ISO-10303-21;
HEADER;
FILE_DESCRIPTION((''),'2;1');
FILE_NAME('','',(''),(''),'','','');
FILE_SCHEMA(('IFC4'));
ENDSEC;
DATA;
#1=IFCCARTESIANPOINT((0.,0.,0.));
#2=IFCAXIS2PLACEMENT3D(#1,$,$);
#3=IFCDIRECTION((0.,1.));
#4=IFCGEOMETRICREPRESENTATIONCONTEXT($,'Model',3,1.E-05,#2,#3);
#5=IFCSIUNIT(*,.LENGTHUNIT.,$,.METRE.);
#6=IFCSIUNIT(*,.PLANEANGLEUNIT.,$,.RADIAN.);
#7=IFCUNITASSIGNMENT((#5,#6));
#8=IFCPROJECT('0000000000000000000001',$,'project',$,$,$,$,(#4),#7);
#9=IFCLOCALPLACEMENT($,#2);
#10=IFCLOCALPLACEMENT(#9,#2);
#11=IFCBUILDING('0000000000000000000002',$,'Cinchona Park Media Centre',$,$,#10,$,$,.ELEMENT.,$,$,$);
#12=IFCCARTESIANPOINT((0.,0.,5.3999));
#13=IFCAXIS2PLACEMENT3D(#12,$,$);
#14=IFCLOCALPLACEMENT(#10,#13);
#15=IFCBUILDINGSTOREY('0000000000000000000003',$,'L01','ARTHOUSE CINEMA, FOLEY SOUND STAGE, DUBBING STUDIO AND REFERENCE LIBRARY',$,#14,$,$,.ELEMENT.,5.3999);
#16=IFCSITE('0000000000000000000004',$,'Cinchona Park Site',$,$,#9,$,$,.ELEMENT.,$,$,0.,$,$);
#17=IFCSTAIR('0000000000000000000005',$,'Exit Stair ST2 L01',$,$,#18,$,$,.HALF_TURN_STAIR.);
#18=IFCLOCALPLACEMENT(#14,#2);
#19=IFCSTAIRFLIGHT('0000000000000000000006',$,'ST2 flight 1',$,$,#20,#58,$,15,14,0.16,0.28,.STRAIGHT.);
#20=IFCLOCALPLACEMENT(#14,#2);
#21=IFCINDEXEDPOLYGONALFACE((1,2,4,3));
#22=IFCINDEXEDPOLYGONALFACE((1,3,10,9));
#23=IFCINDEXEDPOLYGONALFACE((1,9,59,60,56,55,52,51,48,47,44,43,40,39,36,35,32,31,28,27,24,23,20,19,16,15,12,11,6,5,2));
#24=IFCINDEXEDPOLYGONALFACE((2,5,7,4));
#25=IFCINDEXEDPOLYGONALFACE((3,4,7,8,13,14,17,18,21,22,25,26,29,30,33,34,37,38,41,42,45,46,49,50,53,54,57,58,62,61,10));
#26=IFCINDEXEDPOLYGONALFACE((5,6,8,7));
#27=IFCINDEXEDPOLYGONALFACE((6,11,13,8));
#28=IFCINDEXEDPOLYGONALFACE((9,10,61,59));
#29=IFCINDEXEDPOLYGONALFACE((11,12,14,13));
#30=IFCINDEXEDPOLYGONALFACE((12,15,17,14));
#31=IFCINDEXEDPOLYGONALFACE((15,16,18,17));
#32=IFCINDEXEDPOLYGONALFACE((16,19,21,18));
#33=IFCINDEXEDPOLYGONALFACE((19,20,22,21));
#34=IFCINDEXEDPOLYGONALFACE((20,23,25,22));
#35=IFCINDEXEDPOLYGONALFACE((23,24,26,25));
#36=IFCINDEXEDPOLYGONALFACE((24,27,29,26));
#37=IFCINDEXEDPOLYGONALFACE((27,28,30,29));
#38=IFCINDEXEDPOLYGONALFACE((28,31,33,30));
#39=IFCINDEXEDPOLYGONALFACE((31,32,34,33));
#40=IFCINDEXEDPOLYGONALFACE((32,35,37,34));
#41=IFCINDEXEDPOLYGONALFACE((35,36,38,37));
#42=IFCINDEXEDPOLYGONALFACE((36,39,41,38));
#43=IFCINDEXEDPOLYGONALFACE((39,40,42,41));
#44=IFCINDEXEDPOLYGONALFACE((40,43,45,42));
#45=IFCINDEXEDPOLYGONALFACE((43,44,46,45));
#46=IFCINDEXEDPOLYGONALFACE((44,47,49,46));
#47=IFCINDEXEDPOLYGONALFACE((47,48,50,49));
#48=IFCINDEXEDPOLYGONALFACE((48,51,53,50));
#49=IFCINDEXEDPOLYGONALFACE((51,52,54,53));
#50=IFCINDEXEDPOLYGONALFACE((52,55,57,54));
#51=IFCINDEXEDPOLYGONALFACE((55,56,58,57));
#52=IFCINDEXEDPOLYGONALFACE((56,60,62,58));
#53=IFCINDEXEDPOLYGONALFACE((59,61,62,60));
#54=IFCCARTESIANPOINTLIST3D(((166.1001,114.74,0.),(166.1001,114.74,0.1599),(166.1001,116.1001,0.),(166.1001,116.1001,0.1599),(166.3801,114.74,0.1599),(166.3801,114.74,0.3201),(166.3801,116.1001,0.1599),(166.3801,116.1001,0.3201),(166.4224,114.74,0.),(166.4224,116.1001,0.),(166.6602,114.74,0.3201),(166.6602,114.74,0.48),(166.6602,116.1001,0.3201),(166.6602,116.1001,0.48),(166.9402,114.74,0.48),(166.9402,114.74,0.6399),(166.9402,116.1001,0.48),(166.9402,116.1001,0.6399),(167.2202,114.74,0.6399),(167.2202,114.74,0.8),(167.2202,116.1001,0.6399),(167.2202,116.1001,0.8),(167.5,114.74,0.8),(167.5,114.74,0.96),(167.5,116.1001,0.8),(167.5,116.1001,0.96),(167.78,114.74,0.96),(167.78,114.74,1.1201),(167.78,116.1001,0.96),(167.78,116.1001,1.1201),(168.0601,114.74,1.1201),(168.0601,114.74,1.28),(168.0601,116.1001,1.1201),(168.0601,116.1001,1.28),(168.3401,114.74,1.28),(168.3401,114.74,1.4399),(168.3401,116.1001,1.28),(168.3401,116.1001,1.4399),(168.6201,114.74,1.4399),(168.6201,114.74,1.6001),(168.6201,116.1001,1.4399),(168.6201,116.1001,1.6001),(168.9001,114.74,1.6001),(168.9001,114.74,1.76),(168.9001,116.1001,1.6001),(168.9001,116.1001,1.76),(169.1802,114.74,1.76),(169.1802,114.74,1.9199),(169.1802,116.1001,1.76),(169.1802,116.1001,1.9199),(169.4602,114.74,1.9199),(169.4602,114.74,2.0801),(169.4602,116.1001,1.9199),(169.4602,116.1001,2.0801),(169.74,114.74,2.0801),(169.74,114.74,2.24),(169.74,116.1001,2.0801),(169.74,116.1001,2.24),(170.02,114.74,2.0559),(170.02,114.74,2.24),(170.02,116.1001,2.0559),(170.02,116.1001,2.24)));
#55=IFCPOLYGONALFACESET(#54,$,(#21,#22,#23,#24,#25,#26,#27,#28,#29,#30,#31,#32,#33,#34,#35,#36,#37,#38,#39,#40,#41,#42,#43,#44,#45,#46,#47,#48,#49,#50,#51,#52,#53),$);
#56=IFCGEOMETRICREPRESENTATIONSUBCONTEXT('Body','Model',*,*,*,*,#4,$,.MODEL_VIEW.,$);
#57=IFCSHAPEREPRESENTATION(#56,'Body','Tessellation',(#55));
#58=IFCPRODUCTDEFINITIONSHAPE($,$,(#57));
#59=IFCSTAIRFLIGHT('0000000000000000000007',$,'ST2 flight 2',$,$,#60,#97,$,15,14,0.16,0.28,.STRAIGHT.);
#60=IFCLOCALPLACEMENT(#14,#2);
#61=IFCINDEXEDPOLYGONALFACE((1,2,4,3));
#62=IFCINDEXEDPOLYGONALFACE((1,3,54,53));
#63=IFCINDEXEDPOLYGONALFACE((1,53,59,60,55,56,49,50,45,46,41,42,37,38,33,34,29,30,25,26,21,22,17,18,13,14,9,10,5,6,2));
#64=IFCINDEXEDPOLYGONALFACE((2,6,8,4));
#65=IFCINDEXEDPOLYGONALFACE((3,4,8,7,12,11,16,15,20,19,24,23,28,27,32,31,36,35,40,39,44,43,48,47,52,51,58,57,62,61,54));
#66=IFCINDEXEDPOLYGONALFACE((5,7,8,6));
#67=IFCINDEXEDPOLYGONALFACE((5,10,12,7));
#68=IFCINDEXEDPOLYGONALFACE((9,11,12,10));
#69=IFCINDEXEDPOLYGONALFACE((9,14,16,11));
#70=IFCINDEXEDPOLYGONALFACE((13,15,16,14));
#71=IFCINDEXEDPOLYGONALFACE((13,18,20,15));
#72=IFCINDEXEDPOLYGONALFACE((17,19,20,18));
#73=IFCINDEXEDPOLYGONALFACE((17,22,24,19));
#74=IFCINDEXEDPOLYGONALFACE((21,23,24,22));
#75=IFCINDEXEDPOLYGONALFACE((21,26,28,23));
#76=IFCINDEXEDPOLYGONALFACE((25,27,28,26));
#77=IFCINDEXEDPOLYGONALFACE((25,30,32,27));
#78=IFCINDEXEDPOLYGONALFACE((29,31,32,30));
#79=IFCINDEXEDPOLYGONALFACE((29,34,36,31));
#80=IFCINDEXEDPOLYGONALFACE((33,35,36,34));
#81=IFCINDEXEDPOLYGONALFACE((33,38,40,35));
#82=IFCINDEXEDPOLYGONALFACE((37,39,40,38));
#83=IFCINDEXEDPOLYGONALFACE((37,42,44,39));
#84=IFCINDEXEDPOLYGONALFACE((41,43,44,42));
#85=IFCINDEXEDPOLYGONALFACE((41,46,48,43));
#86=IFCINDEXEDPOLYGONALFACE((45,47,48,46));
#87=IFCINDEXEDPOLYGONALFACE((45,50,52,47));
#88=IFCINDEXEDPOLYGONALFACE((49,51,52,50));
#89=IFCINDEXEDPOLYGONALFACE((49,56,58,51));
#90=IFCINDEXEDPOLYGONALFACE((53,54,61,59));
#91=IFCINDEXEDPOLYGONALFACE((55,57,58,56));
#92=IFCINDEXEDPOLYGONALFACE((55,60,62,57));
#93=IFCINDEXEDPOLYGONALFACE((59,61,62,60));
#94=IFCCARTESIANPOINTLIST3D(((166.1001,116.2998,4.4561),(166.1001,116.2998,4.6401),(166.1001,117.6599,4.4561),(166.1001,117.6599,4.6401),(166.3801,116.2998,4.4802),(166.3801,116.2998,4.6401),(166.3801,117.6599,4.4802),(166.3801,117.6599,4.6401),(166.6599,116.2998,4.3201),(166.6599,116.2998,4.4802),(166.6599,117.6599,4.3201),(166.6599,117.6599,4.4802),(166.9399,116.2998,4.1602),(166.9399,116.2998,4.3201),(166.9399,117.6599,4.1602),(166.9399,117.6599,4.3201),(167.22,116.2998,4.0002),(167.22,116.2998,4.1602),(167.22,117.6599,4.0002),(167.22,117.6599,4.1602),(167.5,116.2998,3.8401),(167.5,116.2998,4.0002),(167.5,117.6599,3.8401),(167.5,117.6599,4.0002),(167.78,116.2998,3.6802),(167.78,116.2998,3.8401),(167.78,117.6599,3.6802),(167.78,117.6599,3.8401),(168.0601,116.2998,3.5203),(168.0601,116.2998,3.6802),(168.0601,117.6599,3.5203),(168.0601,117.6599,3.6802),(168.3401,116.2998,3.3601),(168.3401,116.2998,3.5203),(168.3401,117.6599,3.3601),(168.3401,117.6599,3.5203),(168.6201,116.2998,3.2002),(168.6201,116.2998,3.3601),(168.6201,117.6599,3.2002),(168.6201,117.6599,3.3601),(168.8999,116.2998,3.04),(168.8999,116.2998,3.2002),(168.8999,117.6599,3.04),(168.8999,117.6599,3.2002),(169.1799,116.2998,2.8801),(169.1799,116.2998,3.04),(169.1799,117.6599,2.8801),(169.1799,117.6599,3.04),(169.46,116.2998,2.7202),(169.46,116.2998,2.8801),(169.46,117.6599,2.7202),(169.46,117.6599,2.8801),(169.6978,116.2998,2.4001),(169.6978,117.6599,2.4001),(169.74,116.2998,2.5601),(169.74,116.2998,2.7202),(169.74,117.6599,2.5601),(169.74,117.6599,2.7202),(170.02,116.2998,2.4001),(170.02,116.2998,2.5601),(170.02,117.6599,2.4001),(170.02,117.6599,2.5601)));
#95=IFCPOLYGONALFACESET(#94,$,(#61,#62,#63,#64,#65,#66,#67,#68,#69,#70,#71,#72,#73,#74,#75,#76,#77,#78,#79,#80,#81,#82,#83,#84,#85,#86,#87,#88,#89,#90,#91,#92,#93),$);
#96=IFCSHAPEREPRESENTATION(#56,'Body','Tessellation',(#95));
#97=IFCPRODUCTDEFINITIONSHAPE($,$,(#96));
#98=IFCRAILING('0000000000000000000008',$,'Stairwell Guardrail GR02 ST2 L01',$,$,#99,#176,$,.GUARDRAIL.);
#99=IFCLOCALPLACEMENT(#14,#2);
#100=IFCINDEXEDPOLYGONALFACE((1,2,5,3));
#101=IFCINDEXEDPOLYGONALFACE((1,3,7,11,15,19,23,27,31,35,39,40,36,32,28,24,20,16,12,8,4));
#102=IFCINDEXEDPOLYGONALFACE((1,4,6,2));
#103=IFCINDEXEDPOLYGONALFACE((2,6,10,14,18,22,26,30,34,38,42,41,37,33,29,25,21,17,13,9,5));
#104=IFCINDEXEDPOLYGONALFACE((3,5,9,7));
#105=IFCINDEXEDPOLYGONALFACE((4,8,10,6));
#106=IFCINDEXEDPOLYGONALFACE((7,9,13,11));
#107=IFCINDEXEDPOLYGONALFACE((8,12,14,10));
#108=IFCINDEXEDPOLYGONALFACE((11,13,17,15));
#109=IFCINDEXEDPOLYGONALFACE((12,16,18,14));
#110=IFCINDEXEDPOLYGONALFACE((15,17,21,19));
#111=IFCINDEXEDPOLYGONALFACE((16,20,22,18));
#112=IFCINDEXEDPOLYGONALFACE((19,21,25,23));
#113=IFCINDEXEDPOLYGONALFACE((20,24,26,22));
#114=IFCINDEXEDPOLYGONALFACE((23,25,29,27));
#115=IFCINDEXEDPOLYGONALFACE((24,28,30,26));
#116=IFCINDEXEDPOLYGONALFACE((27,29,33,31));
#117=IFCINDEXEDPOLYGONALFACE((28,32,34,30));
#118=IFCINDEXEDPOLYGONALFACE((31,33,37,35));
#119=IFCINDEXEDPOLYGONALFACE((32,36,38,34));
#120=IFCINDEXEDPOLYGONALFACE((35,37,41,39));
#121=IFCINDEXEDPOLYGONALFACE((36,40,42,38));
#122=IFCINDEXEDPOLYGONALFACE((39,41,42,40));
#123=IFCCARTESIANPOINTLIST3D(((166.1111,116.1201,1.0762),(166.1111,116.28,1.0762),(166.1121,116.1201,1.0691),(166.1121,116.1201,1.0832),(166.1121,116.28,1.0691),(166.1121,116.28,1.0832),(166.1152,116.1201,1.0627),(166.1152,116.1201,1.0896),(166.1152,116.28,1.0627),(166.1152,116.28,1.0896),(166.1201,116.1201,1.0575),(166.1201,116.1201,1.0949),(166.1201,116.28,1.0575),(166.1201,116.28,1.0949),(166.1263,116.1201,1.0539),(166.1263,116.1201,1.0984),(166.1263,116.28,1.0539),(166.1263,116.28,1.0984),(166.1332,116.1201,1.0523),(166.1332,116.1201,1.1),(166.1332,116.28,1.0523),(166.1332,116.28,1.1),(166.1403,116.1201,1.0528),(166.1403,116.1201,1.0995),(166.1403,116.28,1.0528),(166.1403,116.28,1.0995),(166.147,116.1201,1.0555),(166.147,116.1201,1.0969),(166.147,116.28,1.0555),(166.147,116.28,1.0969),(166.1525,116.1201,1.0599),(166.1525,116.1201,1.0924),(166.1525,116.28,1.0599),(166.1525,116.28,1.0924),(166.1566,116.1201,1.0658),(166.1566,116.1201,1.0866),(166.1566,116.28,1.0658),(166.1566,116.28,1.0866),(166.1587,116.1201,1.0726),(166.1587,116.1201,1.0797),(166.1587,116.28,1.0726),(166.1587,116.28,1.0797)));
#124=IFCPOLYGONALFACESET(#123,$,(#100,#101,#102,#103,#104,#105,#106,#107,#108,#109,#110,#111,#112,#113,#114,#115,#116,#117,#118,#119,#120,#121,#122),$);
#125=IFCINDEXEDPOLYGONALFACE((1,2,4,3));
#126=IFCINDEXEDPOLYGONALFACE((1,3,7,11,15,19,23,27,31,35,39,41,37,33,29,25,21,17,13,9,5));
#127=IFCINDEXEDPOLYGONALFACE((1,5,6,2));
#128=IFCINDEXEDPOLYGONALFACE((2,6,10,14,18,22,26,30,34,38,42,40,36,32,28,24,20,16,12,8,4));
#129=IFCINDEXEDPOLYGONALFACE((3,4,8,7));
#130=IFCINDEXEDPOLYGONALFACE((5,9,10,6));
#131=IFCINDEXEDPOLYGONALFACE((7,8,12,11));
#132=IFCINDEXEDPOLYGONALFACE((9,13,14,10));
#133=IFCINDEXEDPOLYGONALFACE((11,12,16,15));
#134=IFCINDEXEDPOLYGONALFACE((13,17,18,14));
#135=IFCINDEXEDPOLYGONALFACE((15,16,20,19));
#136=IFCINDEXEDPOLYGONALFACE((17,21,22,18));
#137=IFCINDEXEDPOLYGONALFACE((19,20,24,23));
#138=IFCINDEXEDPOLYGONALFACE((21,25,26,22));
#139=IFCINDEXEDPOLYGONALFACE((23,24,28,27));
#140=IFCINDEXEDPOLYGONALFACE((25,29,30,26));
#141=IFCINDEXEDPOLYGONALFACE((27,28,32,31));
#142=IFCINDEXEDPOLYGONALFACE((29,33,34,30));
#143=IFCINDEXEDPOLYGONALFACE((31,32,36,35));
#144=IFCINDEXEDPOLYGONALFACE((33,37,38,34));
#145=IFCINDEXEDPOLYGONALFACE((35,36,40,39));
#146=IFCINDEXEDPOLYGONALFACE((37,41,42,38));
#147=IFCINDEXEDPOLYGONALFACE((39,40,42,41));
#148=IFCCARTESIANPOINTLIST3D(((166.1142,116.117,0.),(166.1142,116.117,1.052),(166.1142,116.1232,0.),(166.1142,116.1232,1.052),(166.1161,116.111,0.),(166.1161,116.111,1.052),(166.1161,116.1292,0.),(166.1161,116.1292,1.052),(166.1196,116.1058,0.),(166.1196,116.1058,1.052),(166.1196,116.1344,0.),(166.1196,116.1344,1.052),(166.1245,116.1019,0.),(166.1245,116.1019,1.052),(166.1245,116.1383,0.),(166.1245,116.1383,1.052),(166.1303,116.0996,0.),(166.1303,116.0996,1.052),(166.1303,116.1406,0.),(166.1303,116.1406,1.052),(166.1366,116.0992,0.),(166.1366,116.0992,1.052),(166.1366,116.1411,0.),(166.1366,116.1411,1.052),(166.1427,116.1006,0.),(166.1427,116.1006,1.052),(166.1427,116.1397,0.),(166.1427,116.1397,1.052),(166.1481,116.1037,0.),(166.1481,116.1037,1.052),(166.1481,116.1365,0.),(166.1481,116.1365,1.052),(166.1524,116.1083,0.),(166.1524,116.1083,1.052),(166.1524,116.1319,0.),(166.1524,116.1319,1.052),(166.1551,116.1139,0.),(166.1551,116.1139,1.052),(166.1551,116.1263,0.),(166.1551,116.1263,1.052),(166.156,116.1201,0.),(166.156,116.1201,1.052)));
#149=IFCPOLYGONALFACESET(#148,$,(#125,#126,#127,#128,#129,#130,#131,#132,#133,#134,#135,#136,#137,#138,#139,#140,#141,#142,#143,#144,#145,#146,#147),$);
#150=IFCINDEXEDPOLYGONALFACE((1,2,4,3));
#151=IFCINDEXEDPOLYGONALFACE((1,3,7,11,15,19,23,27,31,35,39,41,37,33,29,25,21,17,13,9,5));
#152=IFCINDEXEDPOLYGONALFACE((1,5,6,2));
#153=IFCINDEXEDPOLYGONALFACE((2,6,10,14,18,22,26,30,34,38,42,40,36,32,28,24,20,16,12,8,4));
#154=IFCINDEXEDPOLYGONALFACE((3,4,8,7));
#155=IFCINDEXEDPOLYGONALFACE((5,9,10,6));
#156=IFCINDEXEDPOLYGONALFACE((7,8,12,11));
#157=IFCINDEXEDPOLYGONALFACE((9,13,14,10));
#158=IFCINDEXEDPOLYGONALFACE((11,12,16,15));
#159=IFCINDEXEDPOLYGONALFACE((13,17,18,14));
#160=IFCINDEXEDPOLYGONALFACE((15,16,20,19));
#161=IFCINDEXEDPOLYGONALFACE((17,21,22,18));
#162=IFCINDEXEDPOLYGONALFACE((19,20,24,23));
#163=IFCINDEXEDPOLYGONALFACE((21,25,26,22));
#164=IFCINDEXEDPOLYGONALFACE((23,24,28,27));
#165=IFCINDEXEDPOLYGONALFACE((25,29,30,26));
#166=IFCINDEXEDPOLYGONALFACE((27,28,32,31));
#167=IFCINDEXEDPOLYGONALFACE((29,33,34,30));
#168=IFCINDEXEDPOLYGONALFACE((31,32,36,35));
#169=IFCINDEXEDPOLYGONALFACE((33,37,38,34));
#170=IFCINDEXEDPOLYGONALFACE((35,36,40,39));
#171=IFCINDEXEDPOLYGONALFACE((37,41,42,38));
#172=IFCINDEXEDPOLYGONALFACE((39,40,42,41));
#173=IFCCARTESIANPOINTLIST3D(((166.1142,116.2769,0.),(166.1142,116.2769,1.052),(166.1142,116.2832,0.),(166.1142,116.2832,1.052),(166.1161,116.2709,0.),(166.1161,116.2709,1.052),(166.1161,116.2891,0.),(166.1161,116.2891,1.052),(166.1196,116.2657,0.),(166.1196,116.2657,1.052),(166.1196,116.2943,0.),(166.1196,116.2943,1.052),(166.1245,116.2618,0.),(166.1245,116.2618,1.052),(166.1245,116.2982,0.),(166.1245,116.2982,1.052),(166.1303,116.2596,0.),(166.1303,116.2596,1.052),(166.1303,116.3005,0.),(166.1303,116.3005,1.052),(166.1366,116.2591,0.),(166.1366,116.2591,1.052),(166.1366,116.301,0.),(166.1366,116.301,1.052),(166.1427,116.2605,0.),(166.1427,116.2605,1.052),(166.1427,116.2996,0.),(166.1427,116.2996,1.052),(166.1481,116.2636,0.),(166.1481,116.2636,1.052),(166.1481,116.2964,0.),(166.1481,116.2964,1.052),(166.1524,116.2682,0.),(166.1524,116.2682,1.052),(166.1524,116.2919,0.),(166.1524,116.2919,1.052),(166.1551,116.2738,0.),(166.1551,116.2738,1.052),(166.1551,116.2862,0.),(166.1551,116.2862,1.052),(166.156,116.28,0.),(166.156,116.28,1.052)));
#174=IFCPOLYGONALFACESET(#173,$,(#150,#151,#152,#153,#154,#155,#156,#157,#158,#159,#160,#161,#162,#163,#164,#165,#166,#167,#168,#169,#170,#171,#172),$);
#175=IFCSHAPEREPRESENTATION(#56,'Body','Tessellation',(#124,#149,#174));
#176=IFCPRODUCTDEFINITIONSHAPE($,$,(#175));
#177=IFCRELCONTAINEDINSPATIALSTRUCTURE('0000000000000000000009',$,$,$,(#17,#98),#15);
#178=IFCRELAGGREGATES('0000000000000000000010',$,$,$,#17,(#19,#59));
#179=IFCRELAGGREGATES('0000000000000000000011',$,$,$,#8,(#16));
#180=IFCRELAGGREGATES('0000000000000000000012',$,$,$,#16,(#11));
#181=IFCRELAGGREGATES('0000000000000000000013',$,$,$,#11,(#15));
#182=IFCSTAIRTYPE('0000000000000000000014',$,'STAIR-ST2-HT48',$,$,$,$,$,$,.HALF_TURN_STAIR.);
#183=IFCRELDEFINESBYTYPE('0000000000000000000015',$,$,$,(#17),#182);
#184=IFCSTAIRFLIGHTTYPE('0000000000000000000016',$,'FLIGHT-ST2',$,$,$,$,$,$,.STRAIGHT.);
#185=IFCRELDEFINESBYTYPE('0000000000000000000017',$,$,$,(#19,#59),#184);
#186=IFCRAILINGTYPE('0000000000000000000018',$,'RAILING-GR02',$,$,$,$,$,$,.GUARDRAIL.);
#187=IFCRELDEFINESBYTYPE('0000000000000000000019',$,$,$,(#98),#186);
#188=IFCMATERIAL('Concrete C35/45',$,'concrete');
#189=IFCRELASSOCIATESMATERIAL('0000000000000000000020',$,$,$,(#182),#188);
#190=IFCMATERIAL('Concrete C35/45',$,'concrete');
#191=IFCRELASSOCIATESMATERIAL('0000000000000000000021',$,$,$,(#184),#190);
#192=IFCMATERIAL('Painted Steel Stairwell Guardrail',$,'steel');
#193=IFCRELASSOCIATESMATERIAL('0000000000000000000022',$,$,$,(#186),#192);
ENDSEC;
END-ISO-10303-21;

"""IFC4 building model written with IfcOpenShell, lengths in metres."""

from ifc_helpers import new_model, si_unit, direction, frame, origin, origin_2d, place, context, subcontext, project, spatial, polyline, circle, outline, extrude, material, type_object, element, aggregate, save


model = new_model("IFC4")

# Units and contexts
model_context = context("Model", 3, precision=1e-05, world=origin(), true_north=direction((0.0, 1.0)))
body_context = subcontext(model_context, "Body", "Model", "MODEL_VIEW")
ifc_project = project(units=[si_unit("LENGTHUNIT", "METRE"), si_unit("PLANEANGLEUNIT", "RADIAN")], contexts=[model_context])

# Site, building, storey
site_placement = place(None, origin())
site = spatial("IfcSite", under=ifc_project, at=site_placement, Name="Cinchona Park Site", CompositionType="ELEMENT", RefElevation=0.0)
building_placement = place(site_placement, origin())
building = spatial("IfcBuilding", under=site, at=building_placement, Name="Cinchona Park Media Centre", CompositionType="ELEMENT")
storey_placement = place(building_placement, frame((0.0, 0.0, 5.3999)))
storey = spatial("IfcBuildingStorey", under=building, at=storey_placement, Name="L01", Description="ARTHOUSE CINEMA, FOLEY SOUND STAGE, DUBBING STUDIO AND REFERENCE LIBRARY", CompositionType="ELEMENT", Elevation=5.3999)

# Stair, stair flights
ifc_material_1 = material(Name="Concrete C35/45", Category="concrete")
stair_type = type_object("IfcStairType", Name="STAIR-ST2-HT48", PredefinedType="HALF_TURN_STAIR", material=ifc_material_1)
stair_placement = place(storey_placement, origin())
stair = element("IfcStair", 1, at=stair_placement, inside=storey, type_object=stair_type, Name="Exit Stair ST2 L01", PredefinedType="HALF_TURN_STAIR")
ifc_material_2 = material(Name="Concrete C35/45", Category="concrete")
stair_flight_type = type_object("IfcStairFlightType", Name="FLIGHT-ST2", PredefinedType="STRAIGHT", material=ifc_material_2)
stair_flight_1_placement = place(storey_placement, frame((166.1001, 115.4199, 0.0), z_axis=(0.0, 0.0, 1.0), x_axis=(1.0, 0.0, 0.0)))
stair_flight_1 = element("IfcStairFlight", 2, at=stair_flight_1_placement, type_object=stair_flight_type, Name="ST2 flight 1", NumberOfRisers=15, NumberOfTreads=14, PredefinedType="STRAIGHT", RiserHeight=0.16, TreadLength=0.28, context=body_context, shape_type="SweptSolid", body=[
    extrude(outline(polyline([(0.0, 0.0), (0.0, 0.1599), (0.28, 0.1599), (0.28, 0.3201), (0.5601, 0.3201), (0.5601, 0.48), (0.8401, 0.48), (0.8401, 0.6399), (1.1201, 0.6399), (1.1201, 0.8), (1.3999, 0.8), (1.3999, 0.96), (1.6799, 0.96), (1.6799, 1.1201), (1.96, 1.1201), (1.96, 1.28), (2.24, 1.28), (2.24, 1.4399), (2.52, 1.4399), (2.52, 1.6001), (2.8, 1.6001), (2.8, 1.76), (3.0801, 1.76), (3.0801, 1.9199), (3.3601, 1.9199), (3.3601, 2.0801), (3.6399, 2.0801), (3.6399, 2.24), (3.9199, 2.24), (3.9199, 2.3999), (3.9199, 2.0559), (0.3223, 0.0), (0.0, 0.0)])), frame((0.0, 0.6802, 0.0), z_axis=(0.0, -1.0, 0.0), x_axis=(1.0, 0.0, 0.0)), (0.0, 0.0, 1.0), 1.3601),
])
stair_flight_2_placement = place(storey_placement, frame((170.02, 116.98, 2.4001), z_axis=(0.0, 0.0, 1.0), x_axis=(-1.0, 0.0, 0.0)))
stair_flight_2 = element("IfcStairFlight", 3, at=stair_flight_2_placement, type_object=stair_flight_type, Name="ST2 flight 2", NumberOfRisers=15, NumberOfTreads=14, PredefinedType="STRAIGHT", RiserHeight=0.16, TreadLength=0.28, context=body_context, shape_type="SweptSolid", body=[
    extrude(outline(polyline([(0.0, 0.0), (0.0, 0.1599), (0.28, 0.1599), (0.28, 0.3201), (0.5601, 0.3201), (0.5601, 0.48), (0.8401, 0.48), (0.8401, 0.6399), (1.1201, 0.6399), (1.1201, 0.8), (1.3999, 0.8), (1.3999, 0.96), (1.6799, 0.96), (1.6799, 1.1201), (1.96, 1.1201), (1.96, 1.28), (2.24, 1.28), (2.24, 1.4399), (2.52, 1.4399), (2.52, 1.6001), (2.8, 1.6001), (2.8, 1.76), (3.0801, 1.76), (3.0801, 1.9199), (3.3601, 1.9199), (3.3601, 2.0801), (3.6399, 2.0801), (3.6399, 2.24), (3.9199, 2.24), (3.9199, 2.3999), (3.9199, 2.0559), (0.3223, 0.0), (0.0, 0.0)])), frame((0.0, 0.6802, 0.0), z_axis=(0.0, -1.0, 0.0), x_axis=(1.0, 0.0, 0.0)), (0.0, 0.0, 1.0), 1.3601),
])
aggregate(stair, [stair_flight_1, stair_flight_2])

# Railing
ifc_material_3 = material(Name="Painted Steel Stairwell Guardrail", Category="steel")
railing_type_1 = type_object("IfcRailingType", Name="RAILING-GR02", PredefinedType="GUARDRAIL", material=ifc_material_3)
for number, where, name in (
    (4, (166.135, 116.1201, 0.0), "Stairwell Guardrail GR02 ST2 L01"),
):
    element("IfcRailing", number, at=place(storey_placement, frame(where)), inside=storey, type_object=railing_type_1, Name=name, PredefinedType="GUARDRAIL", context=body_context, shape_type="SweptSolid", body=[
        extrude(circle(Radius=0.0239, at=origin_2d()), frame((0.0, 0.0, 1.0762), z_axis=(0.0, 1.0, 0.0), x_axis=(-1.0, 0.0, 0.0)), (0.0, 0.0, 1.0), 0.1599),
        extrude(circle(Radius=0.021, at=origin_2d()), origin(), (0.0, 0.0, 1.0), 1.052),
        extrude(circle(Radius=0.021, at=origin_2d()), frame((0.0, 0.1599, 0.0)), (0.0, 0.0, 1.0), 1.052),
    ])

save(model, "model.ifc")
